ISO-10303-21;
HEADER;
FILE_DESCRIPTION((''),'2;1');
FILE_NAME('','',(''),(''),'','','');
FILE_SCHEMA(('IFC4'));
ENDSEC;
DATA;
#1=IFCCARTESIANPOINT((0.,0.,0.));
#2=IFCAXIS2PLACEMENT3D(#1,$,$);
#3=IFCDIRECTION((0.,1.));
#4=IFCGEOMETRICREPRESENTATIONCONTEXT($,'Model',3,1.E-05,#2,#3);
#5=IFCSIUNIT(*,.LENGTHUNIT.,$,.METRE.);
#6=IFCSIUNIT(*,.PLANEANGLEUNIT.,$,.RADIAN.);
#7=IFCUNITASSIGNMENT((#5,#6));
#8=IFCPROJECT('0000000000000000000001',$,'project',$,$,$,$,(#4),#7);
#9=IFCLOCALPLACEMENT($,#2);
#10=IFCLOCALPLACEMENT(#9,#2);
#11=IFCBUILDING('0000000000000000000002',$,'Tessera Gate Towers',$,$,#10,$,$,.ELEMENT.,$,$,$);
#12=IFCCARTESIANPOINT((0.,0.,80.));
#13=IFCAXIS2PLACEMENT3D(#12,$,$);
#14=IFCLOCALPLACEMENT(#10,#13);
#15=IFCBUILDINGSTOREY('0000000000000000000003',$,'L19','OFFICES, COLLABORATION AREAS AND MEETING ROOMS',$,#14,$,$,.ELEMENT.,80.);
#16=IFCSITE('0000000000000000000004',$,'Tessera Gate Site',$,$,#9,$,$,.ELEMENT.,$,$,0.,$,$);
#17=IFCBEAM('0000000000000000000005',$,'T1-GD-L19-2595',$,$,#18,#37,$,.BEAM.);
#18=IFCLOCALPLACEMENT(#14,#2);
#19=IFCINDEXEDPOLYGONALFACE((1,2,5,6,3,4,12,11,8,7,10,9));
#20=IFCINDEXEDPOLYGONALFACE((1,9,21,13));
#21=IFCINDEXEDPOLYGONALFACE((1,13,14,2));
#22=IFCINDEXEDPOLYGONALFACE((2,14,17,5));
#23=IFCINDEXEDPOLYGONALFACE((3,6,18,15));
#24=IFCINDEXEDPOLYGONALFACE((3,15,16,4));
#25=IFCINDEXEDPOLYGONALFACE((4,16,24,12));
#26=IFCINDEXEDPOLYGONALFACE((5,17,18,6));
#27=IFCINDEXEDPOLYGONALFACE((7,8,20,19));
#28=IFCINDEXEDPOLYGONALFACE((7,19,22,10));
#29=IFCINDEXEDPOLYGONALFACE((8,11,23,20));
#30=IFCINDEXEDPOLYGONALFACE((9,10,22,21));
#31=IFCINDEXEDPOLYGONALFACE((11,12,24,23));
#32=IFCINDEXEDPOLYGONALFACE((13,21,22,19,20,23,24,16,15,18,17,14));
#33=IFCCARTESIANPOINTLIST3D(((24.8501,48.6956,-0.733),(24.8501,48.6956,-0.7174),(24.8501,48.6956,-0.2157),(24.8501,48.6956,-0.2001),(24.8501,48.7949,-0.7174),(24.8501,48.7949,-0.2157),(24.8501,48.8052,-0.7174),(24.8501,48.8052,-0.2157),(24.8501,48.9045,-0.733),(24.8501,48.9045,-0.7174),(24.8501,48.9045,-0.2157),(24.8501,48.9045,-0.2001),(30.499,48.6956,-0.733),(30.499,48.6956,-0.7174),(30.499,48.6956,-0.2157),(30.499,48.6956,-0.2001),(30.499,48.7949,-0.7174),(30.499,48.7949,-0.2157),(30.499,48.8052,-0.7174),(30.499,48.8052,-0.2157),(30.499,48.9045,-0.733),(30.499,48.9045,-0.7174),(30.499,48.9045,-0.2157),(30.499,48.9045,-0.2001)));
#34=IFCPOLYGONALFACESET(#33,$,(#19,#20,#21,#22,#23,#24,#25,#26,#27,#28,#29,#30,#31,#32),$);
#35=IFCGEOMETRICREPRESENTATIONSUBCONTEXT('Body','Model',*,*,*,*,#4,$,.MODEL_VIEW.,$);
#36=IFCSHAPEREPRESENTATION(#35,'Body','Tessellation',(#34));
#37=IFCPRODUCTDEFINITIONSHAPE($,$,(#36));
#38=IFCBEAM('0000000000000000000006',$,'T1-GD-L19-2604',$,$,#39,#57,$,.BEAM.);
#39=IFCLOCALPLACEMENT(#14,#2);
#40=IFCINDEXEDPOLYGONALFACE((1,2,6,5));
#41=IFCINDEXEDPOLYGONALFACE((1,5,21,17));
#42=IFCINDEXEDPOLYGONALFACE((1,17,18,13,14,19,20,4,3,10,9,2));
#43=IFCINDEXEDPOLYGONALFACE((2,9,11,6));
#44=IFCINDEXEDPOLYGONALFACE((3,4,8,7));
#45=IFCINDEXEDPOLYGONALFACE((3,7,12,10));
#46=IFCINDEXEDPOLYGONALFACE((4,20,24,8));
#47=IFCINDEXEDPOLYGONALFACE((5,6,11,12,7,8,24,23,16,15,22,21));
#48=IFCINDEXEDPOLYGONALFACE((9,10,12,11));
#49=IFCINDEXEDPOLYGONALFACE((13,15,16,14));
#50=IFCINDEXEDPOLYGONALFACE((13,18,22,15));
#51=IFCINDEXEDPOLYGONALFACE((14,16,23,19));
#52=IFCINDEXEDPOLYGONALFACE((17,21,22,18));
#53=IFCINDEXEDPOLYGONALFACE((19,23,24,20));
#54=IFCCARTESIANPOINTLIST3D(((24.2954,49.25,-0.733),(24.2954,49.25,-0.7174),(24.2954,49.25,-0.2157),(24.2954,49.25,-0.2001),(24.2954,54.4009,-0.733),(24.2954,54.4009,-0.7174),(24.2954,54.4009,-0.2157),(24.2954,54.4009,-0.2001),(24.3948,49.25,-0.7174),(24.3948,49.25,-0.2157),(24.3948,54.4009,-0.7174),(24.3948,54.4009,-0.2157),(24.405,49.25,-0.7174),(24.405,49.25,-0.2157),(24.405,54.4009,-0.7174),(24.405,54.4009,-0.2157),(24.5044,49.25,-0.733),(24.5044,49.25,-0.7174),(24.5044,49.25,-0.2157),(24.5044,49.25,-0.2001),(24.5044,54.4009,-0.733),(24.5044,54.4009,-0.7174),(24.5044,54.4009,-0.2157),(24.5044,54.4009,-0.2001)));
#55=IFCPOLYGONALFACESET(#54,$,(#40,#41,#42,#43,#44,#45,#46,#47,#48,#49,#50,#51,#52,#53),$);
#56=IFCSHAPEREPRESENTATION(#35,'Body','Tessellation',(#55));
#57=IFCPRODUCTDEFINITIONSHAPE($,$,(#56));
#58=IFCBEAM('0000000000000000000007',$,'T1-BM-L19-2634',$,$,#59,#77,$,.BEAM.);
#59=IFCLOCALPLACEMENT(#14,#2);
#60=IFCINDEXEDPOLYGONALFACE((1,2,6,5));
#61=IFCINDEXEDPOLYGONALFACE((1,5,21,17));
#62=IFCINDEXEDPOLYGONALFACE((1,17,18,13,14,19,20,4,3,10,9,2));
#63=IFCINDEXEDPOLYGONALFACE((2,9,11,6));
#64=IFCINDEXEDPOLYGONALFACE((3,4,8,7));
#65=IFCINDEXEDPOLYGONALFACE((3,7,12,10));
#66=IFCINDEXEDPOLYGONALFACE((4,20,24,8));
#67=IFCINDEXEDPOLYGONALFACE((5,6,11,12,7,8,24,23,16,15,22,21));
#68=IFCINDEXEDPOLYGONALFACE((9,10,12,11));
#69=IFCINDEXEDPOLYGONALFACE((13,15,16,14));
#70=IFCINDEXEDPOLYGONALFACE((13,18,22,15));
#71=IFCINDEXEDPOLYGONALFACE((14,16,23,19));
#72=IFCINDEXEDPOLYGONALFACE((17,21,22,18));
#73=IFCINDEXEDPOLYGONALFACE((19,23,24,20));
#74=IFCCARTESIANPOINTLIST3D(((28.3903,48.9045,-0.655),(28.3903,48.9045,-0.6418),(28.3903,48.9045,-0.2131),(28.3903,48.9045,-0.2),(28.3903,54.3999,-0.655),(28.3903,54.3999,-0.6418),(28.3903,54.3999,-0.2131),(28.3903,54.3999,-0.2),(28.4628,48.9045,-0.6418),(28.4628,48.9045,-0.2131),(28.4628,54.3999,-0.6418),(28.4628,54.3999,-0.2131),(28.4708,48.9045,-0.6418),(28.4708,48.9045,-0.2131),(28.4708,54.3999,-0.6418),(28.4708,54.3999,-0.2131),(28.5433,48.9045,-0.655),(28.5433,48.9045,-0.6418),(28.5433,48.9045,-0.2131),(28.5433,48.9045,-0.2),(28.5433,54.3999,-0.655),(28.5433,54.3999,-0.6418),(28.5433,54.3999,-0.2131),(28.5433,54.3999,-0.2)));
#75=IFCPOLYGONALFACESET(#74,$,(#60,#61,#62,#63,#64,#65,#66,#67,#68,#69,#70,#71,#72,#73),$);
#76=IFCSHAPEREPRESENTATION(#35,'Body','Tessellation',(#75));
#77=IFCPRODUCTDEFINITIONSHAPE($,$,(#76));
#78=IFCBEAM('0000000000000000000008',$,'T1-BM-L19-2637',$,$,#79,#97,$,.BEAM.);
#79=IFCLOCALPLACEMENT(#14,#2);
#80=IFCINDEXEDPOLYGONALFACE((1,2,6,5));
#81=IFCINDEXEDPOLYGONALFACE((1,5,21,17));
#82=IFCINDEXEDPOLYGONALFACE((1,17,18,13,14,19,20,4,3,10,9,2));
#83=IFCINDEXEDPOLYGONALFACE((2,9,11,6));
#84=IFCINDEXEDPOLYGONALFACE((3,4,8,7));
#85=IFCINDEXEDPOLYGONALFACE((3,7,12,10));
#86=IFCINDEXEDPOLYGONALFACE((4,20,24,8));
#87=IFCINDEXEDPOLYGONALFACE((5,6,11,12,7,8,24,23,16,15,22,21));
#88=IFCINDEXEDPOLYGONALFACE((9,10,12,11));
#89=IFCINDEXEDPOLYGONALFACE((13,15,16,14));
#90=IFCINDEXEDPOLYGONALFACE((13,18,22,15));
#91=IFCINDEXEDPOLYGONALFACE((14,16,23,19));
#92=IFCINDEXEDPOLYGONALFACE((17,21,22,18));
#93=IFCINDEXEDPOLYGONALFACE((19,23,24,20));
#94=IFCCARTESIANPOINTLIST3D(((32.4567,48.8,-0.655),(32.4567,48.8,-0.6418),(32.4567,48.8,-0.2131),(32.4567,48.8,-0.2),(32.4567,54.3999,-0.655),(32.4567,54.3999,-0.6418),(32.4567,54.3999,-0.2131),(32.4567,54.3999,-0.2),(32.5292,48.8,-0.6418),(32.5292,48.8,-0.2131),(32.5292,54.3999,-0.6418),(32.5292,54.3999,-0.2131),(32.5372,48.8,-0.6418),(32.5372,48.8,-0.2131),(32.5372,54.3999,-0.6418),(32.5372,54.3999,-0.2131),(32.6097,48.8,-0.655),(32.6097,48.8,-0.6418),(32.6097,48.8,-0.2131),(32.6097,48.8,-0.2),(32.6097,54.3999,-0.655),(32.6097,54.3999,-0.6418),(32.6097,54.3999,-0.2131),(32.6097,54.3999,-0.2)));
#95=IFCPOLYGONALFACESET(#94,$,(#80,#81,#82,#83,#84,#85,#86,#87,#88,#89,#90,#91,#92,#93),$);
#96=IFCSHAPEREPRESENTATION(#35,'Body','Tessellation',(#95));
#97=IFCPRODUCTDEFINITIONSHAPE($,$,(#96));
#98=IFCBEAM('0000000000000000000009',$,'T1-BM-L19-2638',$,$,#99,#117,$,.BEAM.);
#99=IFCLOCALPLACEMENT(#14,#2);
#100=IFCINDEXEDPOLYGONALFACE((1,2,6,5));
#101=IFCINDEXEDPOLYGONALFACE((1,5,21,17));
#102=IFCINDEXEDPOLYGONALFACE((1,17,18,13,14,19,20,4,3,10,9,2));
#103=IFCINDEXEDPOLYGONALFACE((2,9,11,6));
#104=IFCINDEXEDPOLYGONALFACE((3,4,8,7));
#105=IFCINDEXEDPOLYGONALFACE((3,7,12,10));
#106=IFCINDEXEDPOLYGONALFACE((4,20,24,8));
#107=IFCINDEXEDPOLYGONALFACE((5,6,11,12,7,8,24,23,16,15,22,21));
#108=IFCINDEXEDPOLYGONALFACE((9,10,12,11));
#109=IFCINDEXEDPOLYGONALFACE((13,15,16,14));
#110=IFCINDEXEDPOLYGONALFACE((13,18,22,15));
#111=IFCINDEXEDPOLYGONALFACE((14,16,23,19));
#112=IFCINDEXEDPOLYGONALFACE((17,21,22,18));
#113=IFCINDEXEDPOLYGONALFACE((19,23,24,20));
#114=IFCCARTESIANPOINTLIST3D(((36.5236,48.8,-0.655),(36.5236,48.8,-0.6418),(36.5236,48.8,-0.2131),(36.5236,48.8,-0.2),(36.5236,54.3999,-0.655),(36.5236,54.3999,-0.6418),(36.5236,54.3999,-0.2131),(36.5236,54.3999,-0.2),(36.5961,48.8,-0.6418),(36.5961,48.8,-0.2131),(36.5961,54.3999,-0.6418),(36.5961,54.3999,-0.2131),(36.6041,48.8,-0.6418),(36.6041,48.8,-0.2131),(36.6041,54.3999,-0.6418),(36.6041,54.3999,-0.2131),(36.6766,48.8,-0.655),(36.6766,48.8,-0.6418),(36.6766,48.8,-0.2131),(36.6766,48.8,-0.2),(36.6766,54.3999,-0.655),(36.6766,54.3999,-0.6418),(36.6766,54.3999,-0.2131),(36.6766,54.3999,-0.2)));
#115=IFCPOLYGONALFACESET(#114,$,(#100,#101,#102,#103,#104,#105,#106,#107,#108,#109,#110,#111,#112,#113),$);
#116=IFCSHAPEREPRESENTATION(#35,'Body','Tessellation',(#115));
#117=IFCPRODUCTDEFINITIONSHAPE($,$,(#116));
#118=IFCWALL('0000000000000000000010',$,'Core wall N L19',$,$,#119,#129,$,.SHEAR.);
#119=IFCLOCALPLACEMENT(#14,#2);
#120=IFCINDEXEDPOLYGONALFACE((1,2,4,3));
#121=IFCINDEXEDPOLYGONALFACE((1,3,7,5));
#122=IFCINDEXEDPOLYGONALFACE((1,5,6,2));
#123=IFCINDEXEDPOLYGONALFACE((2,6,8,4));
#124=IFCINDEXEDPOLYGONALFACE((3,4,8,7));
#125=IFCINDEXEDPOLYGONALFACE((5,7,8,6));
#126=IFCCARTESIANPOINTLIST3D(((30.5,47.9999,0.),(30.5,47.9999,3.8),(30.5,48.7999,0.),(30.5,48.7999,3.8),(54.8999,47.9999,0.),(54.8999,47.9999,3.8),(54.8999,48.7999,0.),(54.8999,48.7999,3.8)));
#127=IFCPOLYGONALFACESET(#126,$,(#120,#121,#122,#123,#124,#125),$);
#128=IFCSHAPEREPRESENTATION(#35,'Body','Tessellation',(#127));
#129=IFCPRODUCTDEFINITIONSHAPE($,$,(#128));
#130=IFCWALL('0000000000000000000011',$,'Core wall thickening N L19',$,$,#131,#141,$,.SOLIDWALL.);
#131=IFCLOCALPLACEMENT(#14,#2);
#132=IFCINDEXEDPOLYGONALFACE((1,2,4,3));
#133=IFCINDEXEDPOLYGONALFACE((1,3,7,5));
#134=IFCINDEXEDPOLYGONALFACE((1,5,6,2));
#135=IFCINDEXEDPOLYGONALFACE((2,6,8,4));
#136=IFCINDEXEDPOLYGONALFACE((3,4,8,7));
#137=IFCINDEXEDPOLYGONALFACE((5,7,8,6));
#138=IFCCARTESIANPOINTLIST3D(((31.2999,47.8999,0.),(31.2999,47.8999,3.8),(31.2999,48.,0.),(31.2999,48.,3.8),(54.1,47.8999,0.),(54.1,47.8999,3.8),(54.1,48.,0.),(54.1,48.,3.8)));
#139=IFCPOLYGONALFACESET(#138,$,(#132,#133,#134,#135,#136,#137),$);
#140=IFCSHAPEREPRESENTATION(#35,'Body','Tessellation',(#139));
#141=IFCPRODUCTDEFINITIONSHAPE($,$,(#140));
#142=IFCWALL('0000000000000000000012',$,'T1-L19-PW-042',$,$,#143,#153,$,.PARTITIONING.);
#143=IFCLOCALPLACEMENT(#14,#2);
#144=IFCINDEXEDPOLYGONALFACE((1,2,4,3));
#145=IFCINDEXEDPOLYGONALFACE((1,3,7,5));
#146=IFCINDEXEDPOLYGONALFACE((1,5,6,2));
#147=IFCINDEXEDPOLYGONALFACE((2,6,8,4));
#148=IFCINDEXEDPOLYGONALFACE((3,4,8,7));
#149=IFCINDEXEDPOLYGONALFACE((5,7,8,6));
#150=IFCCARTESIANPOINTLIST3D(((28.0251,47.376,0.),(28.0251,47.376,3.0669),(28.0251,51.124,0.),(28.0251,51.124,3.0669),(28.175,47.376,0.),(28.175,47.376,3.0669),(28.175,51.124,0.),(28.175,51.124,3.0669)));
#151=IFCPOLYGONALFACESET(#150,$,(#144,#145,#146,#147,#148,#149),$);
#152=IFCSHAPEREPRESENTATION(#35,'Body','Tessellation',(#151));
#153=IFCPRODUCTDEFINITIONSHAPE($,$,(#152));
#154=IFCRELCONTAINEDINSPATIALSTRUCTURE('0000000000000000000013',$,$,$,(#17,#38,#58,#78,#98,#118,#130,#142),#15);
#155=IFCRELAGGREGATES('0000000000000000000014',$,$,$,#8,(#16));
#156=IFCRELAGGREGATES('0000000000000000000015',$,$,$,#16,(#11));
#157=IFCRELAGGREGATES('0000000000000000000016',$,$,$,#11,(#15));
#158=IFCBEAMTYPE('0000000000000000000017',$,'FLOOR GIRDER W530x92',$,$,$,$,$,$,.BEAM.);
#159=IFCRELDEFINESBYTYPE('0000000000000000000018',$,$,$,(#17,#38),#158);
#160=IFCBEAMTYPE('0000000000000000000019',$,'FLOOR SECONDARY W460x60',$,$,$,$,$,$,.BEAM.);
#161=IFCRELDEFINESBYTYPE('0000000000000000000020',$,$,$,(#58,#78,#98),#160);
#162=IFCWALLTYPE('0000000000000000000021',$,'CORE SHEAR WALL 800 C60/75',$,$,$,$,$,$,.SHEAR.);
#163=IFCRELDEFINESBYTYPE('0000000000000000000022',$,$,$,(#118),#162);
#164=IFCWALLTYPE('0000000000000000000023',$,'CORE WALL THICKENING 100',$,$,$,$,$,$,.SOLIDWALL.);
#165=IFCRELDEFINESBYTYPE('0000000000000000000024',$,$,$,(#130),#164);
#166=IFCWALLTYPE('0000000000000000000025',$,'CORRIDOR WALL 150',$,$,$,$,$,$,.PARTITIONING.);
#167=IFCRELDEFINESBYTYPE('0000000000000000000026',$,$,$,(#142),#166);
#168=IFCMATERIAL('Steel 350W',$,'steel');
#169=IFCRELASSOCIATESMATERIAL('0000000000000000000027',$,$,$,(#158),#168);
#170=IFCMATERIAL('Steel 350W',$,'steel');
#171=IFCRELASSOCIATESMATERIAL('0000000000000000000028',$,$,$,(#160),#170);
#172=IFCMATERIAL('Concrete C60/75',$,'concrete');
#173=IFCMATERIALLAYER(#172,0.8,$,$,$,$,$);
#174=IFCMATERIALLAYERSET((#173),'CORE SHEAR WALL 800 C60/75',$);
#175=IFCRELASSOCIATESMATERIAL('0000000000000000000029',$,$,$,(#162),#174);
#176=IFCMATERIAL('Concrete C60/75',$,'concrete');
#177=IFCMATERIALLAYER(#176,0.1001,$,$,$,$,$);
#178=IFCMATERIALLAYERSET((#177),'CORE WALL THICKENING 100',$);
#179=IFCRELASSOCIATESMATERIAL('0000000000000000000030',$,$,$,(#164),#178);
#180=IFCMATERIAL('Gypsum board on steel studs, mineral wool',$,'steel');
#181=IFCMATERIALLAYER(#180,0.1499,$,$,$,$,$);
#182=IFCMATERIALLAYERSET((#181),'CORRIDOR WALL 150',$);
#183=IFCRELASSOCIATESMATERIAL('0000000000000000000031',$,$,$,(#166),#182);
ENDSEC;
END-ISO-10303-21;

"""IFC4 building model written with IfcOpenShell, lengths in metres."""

from ifc_helpers import new_model, si_unit, direction, frame, frame_2d, origin, origin_2d, place, context, subcontext, project, spatial, rectangle, i_section, extrude, material, layer, layer_set, material_profile, profile_set, type_object, element, save


model = new_model("IFC4")

# Units and contexts
model_context = context("Model", 3, precision=1e-05, world=origin(), true_north=direction((0.0, 1.0)))
body_context = subcontext(model_context, "Body", "Model", "MODEL_VIEW")
ifc_project = project(units=[si_unit("LENGTHUNIT", "METRE"), si_unit("PLANEANGLEUNIT", "RADIAN")], contexts=[model_context])

# Site, building, storey
site_placement = place(None, origin())
site = spatial("IfcSite", under=ifc_project, at=site_placement, Name="Tessera Gate Site", CompositionType="ELEMENT", RefElevation=0.0)
building_placement = place(site_placement, origin())
building = spatial("IfcBuilding", under=site, at=building_placement, Name="Tessera Gate Towers", CompositionType="ELEMENT")
storey_placement = place(building_placement, frame((0.0, 0.0, 80.0)))
storey = spatial("IfcBuildingStorey", under=building, at=storey_placement, Name="L19", Description="OFFICES, COLLABORATION AREAS AND MEETING ROOMS", CompositionType="ELEMENT", Elevation=80.0)

# Beams
ifc_material_1 = material(Name="Steel 350W", Category="steel")
ifc_material_profile_1 = material_profile(ifc_material_1, i_section(OverallWidth=0.209, OverallDepth=0.533, WebThickness=0.0103, FlangeThickness=0.0156, at=origin_2d()), Name="W530x92")
ifc_profile_set_1 = profile_set([ifc_material_profile_1], Name="Steel 350W")
beam_type_1 = type_object("IfcBeamType", Name="FLOOR GIRDER W530x92", PredefinedType="BEAM", material=ifc_profile_set_1)
beam_1_placement = place(storey_placement, frame((24.8501, 48.8, -0.4666), z_axis=(1.0, 0.0, 0.0), x_axis=(0.0, 1.0, 0.0)))
element("IfcBeam", 1, at=beam_1_placement, inside=storey, type_object=beam_type_1, Name="T1-GD-L19-2595", PredefinedType="BEAM", context=body_context, shape_type="SweptSolid", body=[
    extrude(i_section(OverallWidth=0.209, OverallDepth=0.533, WebThickness=0.0103, FlangeThickness=0.0156, at=origin_2d()), origin(), (0.0, 0.0, 1.0), 5.6489),
])
beam_2_placement = place(storey_placement, frame((24.3999, 49.25, -0.4666), z_axis=(0.0, 1.0, 0.0), x_axis=(-1.0, 0.0, 0.0)))
element("IfcBeam", 2, at=beam_2_placement, inside=storey, type_object=beam_type_1, Name="T1-GD-L19-2604", PredefinedType="BEAM", context=body_context, shape_type="SweptSolid", body=[
    extrude(i_section(OverallWidth=0.209, OverallDepth=0.533, WebThickness=0.0103, FlangeThickness=0.0156, at=origin_2d()), origin(), (0.0, 0.0, 1.0), 5.1509),
])
ifc_material_2 = material(Name="Steel 350W", Category="steel")
ifc_material_profile_2 = material_profile(ifc_material_2, i_section(OverallWidth=0.1531, OverallDepth=0.4551, WebThickness=0.0081, FlangeThickness=0.0132, at=origin_2d()), Name="W460x60")
ifc_profile_set_2 = profile_set([ifc_material_profile_2], Name="Steel 350W")
beam_type_2 = type_object("IfcBeamType", Name="FLOOR SECONDARY W460x60", PredefinedType="BEAM", material=ifc_profile_set_2)
beam_3_placement = place(storey_placement, frame((28.4668, 48.9045, -0.4275), z_axis=(0.0, 1.0, 0.0), x_axis=(-1.0, 0.0, 0.0)))
element("IfcBeam", 3, at=beam_3_placement, inside=storey, type_object=beam_type_2, Name="T1-BM-L19-2634", PredefinedType="BEAM", context=body_context, shape_type="SweptSolid", body=[
    extrude(i_section(OverallWidth=0.1531, OverallDepth=0.4551, WebThickness=0.0081, FlangeThickness=0.0132, at=origin_2d()), origin(), (0.0, 0.0, 1.0), 5.4954),
])
for number, where, z_axis, x_axis, name in (
    (4, (32.5332, 48.8, -0.4275), (0.0, 1.0, 0.0), (-1.0, 0.0, 0.0), "T1-BM-L19-2637"),
    (5, (36.6001, 48.8, -0.4275), (0.0, 1.0, 0.0), (-1.0, 0.0, 0.0), "T1-BM-L19-2638"),
):
    element("IfcBeam", number, at=place(storey_placement, frame(where, z_axis=z_axis, x_axis=x_axis)), inside=storey, type_object=beam_type_2, Name=name, PredefinedType="BEAM", context=body_context, shape_type="SweptSolid", body=[
        extrude(i_section(OverallWidth=0.1531, OverallDepth=0.4551, WebThickness=0.0081, FlangeThickness=0.0132, at=origin_2d()), origin(), (0.0, 0.0, 1.0), 5.5999),
    ])

# Walls
ifc_material_3 = material(Name="Concrete C60/75", Category="concrete")
ifc_layer_1 = layer(ifc_material_3, 0.8)
ifc_layer_set_1 = layer_set([ifc_layer_1], Name="CORE SHEAR WALL 800 C60/75")
wall_type_1 = type_object("IfcWallType", Name="CORE SHEAR WALL 800 C60/75", PredefinedType="SHEAR", material=ifc_layer_set_1)
wall_1_placement = place(storey_placement, frame((30.5, 48.3999, 0.0), z_axis=(0.0, 0.0, 1.0), x_axis=(1.0, 0.0, 0.0)))
element("IfcWall", 6, at=wall_1_placement, inside=storey, type_object=wall_type_1, Name="Core wall N L19", PredefinedType="SHEAR", context=body_context, shape_type="SweptSolid", body=[
    extrude(rectangle(XDim=24.3999, YDim=0.8, at=frame_2d((12.2, 0.0))), origin(), (0.0, 0.0, 1.0), 3.8),
])
ifc_material_4 = material(Name="Concrete C60/75", Category="concrete")
ifc_layer_2 = layer(ifc_material_4, 0.1001)
ifc_layer_set_2 = layer_set([ifc_layer_2], Name="CORE WALL THICKENING 100")
wall_type_2 = type_object("IfcWallType", Name="CORE WALL THICKENING 100", PredefinedType="SOLIDWALL", material=ifc_layer_set_2)
wall_2_placement = place(storey_placement, frame((31.3, 47.95, 0.0), z_axis=(0.0, 0.0, 1.0), x_axis=(1.0, 0.0, 0.0)))
element("IfcWall", 7, at=wall_2_placement, inside=storey, type_object=wall_type_2, Name="Core wall thickening N L19", PredefinedType="SOLIDWALL", context=body_context, shape_type="SweptSolid", body=[
    extrude(rectangle(XDim=22.8, YDim=0.1001, at=frame_2d((11.3999, 0.0))), origin(), (0.0, 0.0, 1.0), 3.8),
])
ifc_material_5 = material(Name="Gypsum board on steel studs, mineral wool", Category="steel")
ifc_layer_3 = layer(ifc_material_5, 0.1499)
ifc_layer_set_3 = layer_set([ifc_layer_3], Name="CORRIDOR WALL 150")
wall_type_3 = type_object("IfcWallType", Name="CORRIDOR WALL 150", PredefinedType="PARTITIONING", material=ifc_layer_set_3)
wall_3_placement = place(storey_placement, frame((28.1001, 47.376, 0.0), z_axis=(0.0, 0.0, 1.0), x_axis=(0.0, 1.0, 0.0)))
element("IfcWall", 8, at=wall_3_placement, inside=storey, type_object=wall_type_3, Name="T1-L19-PW-042", PredefinedType="PARTITIONING", context=body_context, shape_type="SweptSolid", body=[
    extrude(rectangle(XDim=3.748, YDim=0.1499, at=frame_2d((1.874, 0.0))), origin(), (0.0, 0.0, 1.0), 3.0669),
])

save(model, "model.ifc")
